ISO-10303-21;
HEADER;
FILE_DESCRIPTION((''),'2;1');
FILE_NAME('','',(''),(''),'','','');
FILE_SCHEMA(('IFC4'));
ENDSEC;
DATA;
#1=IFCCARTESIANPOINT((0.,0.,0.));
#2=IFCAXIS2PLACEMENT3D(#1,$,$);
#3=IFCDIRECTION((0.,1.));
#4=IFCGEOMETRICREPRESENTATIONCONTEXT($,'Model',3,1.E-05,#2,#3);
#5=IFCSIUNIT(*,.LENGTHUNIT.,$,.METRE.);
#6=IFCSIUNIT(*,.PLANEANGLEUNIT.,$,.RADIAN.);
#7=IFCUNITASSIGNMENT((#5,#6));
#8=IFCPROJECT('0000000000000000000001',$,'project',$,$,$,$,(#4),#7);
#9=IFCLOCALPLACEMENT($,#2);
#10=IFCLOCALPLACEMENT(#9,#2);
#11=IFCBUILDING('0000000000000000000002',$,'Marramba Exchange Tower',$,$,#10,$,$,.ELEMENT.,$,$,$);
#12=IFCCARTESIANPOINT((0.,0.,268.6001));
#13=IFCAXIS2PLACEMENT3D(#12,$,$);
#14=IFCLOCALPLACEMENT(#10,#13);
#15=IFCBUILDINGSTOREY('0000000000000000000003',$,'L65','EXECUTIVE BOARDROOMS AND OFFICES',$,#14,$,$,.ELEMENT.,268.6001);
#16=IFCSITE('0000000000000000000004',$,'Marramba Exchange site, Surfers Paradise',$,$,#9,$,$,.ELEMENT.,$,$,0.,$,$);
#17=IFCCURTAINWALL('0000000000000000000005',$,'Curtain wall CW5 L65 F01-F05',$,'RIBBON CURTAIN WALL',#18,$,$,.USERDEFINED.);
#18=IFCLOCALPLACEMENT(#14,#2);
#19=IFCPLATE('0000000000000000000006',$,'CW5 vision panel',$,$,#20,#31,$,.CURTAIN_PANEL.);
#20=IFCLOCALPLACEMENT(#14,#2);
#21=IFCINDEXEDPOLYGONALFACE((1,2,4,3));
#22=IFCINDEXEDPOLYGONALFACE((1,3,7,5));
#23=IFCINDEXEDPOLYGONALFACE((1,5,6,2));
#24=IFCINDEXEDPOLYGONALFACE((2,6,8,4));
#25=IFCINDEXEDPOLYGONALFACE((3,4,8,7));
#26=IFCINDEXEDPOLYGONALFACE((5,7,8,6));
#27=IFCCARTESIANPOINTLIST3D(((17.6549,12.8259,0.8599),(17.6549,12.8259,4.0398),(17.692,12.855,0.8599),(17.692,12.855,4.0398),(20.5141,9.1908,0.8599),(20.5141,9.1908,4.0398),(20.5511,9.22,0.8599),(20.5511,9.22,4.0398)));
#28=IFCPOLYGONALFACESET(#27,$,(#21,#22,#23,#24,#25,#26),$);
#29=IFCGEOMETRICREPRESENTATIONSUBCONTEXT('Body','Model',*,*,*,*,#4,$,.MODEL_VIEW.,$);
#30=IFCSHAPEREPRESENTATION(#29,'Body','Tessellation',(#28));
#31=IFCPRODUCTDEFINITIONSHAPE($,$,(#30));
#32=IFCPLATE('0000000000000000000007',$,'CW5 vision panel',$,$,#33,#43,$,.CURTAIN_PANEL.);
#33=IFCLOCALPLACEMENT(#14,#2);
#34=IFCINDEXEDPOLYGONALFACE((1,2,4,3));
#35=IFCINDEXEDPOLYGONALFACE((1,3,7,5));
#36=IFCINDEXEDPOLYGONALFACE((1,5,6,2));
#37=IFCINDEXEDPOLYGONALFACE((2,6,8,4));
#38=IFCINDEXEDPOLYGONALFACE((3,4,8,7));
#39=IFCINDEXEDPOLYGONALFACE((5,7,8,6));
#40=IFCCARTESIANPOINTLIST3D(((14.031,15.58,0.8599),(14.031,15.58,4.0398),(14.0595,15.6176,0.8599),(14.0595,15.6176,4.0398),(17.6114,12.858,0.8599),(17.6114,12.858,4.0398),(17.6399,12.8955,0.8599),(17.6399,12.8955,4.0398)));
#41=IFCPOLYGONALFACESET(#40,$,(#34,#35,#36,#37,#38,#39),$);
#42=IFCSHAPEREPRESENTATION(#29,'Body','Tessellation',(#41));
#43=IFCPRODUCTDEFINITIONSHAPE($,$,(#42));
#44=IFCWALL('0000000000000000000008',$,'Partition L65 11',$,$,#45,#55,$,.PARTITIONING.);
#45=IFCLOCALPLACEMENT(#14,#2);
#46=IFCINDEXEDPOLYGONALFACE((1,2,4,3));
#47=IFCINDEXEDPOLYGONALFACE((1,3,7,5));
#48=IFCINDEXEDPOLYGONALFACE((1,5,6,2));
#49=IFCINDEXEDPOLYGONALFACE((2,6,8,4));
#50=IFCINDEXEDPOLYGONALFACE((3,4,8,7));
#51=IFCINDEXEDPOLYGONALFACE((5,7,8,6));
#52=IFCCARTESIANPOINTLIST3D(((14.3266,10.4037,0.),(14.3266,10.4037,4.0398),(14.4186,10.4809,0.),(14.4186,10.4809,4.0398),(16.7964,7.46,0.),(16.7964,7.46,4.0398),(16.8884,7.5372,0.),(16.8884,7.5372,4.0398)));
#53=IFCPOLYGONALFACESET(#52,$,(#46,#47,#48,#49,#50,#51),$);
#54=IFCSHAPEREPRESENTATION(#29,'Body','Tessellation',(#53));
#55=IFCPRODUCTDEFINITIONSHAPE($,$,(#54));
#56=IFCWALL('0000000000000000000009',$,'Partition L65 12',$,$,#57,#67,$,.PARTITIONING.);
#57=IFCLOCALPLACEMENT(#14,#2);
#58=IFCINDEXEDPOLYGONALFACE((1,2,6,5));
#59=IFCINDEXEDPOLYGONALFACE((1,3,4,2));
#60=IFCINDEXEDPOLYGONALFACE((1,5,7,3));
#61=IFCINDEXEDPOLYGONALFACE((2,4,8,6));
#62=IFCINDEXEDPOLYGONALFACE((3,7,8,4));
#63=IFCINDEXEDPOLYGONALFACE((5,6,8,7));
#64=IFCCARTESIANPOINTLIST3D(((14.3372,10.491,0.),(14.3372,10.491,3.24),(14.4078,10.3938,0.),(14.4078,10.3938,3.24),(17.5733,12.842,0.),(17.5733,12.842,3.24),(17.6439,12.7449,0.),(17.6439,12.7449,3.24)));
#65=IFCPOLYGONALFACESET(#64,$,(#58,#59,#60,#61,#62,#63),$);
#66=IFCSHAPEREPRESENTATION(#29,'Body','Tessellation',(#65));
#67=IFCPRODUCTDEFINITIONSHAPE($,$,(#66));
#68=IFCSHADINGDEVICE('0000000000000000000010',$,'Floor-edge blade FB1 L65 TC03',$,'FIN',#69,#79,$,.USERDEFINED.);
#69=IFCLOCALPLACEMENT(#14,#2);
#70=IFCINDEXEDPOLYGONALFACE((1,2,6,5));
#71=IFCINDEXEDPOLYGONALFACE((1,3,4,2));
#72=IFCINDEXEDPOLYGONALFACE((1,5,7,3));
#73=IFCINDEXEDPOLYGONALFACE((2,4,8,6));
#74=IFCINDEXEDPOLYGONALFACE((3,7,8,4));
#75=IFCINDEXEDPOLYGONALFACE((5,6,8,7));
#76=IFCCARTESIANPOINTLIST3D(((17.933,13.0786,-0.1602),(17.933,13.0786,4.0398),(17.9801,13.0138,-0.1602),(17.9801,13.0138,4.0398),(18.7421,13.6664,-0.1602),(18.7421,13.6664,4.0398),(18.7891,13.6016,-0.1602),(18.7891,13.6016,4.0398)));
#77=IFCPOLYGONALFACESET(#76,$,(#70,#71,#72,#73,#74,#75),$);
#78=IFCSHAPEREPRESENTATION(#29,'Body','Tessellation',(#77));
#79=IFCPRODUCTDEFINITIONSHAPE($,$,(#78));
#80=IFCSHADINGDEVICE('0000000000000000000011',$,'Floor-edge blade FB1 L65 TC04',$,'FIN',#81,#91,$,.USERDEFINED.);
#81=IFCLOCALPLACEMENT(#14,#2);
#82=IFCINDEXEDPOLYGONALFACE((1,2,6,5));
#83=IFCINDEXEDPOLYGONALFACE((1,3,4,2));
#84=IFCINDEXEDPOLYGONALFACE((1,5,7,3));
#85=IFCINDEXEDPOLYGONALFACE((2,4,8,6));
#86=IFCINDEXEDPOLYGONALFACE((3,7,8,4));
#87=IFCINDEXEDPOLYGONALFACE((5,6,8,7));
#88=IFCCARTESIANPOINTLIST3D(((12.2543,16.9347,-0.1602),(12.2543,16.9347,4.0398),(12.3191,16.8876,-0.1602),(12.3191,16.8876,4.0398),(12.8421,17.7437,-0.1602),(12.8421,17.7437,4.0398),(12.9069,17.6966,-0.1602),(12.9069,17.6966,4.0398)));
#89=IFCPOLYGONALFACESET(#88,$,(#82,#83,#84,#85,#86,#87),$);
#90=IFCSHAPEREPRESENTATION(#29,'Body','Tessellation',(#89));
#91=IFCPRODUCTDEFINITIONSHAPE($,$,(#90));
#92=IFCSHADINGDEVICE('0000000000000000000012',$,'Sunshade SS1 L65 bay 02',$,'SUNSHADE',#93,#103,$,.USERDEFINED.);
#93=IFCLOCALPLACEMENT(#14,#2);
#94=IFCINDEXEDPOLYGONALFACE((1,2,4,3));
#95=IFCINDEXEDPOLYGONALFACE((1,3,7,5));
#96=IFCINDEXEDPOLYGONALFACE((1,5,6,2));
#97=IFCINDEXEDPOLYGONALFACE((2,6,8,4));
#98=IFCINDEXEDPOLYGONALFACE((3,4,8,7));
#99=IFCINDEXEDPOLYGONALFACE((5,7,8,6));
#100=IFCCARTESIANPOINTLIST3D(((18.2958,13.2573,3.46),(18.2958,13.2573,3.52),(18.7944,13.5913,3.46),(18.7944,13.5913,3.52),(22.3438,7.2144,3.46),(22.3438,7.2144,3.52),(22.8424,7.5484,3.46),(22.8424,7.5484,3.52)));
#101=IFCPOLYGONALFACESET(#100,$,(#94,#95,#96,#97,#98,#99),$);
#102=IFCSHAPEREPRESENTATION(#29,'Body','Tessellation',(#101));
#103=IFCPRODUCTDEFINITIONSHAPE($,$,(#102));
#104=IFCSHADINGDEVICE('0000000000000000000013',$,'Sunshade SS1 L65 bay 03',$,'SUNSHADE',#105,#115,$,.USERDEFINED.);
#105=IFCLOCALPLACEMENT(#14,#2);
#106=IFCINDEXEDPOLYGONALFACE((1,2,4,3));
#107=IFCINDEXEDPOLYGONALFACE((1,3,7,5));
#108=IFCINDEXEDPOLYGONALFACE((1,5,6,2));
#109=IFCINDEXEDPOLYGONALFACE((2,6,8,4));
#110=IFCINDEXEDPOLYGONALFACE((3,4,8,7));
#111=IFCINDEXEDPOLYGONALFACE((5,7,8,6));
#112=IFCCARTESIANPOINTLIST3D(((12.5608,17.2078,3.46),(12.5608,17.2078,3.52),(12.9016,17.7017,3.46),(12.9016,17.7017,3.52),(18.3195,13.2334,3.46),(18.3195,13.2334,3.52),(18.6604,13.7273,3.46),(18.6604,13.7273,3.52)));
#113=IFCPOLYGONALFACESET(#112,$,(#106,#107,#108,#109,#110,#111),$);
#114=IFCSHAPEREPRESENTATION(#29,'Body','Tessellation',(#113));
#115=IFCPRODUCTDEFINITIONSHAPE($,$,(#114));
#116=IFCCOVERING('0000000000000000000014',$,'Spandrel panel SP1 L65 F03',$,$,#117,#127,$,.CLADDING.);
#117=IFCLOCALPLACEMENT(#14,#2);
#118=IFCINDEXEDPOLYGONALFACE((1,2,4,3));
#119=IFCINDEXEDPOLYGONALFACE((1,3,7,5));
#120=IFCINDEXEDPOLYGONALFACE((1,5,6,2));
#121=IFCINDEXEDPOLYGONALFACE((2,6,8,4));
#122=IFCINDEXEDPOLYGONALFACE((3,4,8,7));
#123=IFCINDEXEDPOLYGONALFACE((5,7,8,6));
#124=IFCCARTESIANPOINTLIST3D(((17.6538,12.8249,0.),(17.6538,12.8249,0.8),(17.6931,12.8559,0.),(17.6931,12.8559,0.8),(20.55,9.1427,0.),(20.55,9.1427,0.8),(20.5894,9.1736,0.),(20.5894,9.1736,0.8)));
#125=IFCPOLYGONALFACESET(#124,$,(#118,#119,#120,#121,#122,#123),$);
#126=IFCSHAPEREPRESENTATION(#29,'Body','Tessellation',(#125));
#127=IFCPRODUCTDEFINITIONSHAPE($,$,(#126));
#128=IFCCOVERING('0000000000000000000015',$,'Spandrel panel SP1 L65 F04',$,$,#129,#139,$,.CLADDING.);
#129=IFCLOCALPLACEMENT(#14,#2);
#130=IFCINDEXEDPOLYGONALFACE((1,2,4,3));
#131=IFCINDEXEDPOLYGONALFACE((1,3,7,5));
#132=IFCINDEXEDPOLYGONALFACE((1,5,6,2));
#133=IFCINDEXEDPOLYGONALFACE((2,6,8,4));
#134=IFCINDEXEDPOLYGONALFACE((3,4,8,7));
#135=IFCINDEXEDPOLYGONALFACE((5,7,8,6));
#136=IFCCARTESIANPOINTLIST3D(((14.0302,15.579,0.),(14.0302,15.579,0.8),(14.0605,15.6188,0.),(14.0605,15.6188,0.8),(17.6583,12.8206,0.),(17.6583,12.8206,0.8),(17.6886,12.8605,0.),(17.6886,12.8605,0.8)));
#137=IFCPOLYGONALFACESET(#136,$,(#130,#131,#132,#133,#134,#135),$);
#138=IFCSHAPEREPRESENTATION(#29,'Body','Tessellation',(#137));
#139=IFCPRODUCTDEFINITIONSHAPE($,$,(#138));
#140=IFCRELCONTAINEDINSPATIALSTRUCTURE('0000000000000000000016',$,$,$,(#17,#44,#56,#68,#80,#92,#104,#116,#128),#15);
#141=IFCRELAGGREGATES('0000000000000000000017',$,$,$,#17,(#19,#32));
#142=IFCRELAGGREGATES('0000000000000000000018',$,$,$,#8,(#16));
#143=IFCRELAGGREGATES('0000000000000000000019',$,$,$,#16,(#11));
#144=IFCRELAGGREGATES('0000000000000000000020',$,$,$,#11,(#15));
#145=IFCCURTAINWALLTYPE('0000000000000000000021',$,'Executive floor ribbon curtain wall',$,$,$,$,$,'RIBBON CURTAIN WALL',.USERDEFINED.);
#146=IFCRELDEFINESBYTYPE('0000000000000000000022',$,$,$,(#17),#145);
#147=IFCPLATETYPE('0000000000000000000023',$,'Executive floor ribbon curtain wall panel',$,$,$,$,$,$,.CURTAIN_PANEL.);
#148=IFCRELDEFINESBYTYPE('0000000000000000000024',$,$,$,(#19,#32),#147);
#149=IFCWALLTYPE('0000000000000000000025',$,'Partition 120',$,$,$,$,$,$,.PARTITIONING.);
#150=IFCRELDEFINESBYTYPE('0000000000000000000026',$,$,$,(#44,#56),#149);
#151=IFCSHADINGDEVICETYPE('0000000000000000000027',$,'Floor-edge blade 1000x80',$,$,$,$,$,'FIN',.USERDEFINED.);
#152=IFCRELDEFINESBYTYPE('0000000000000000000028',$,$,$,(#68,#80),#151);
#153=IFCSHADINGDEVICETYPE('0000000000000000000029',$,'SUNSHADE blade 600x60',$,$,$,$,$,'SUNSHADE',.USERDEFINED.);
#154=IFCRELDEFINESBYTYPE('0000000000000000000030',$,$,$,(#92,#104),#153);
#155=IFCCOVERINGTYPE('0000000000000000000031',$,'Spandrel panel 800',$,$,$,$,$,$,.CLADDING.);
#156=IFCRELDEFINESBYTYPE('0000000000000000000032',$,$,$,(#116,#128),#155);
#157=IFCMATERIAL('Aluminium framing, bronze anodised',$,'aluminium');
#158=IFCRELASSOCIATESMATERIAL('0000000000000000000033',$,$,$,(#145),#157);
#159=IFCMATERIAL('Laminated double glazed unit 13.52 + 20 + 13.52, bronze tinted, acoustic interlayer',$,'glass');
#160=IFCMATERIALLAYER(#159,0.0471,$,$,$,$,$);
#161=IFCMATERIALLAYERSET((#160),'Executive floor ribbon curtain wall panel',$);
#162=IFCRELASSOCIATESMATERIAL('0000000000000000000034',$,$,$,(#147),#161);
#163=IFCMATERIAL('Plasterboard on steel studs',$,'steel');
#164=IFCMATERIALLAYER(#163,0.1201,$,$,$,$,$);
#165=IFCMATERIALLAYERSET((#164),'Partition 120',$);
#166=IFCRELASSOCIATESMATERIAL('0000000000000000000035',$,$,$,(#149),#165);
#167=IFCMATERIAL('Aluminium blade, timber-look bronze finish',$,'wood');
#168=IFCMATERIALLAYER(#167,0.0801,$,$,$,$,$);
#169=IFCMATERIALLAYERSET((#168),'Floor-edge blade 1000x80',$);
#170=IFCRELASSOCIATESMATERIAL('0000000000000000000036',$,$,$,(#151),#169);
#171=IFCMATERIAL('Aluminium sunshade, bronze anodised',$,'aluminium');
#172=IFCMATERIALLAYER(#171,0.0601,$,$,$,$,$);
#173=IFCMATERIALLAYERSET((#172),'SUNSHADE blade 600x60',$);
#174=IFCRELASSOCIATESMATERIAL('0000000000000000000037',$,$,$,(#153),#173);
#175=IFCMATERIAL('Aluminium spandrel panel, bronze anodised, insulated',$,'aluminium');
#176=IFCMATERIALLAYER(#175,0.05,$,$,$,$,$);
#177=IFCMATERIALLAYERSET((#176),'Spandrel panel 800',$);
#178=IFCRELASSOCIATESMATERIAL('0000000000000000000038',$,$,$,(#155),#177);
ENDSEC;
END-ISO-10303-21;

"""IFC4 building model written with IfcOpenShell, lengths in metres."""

from ifc_helpers import new_model, si_unit, direction, frame, frame_2d, origin, origin_2d, place, context, subcontext, project, spatial, rectangle, extrude, material, layer, layer_set, type_object, element, aggregate, save


model = new_model("IFC4")

# Units and contexts
model_context = context("Model", 3, precision=1e-05, world=origin(), true_north=direction((0.0, 1.0)))
body_context = subcontext(model_context, "Body", "Model", "MODEL_VIEW")
ifc_project = project(units=[si_unit("LENGTHUNIT", "METRE"), si_unit("PLANEANGLEUNIT", "RADIAN")], contexts=[model_context])

# Site, building, storey
site_placement = place(None, origin())
site = spatial("IfcSite", under=ifc_project, at=site_placement, Name="Marramba Exchange site, Surfers Paradise", CompositionType="ELEMENT", RefElevation=0.0)
building_placement = place(site_placement, origin())
building = spatial("IfcBuilding", under=site, at=building_placement, Name="Marramba Exchange Tower", CompositionType="ELEMENT")
storey_placement = place(building_placement, frame((0.0, 0.0, 268.6001)))
storey = spatial("IfcBuildingStorey", under=building, at=storey_placement, Name="L65", Description="EXECUTIVE BOARDROOMS AND OFFICES", CompositionType="ELEMENT", Elevation=268.6001)

# Curtain wall
ifc_material_1 = material(Name="Aluminium framing, bronze anodised", Category="aluminium")
curtain_wall_type = type_object("IfcCurtainWallType", Name="Executive floor ribbon curtain wall", ElementType="RIBBON CURTAIN WALL", PredefinedType="USERDEFINED", material=ifc_material_1)
curtain_wall_placement = place(storey_placement, origin())
curtain_wall = element("IfcCurtainWall", 1, at=curtain_wall_placement, inside=storey, type_object=curtain_wall_type, Name="Curtain wall CW5 L65 F01-F05", ObjectType="RIBBON CURTAIN WALL", PredefinedType="USERDEFINED")

# Plates
ifc_material_2 = material(Name="Laminated double glazed unit 13.52 + 20 + 13.52, bronze tinted, acoustic interlayer", Category="glass")
ifc_layer_1 = layer(ifc_material_2, 0.0471)
ifc_layer_set_1 = layer_set([ifc_layer_1], Name="Executive floor ribbon curtain wall panel")
plate_type = type_object("IfcPlateType", Name="Executive floor ribbon curtain wall panel", PredefinedType="CURTAIN_PANEL", material=ifc_layer_set_1)
plate_1_placement = place(storey_placement, frame((19.103, 11.0229, 0.8599), z_axis=(0.0, 0.0, 1.0), x_axis=(-0.618223, 0.786003, 0.0)))
plate_1 = element("IfcPlate", 2, at=plate_1_placement, type_object=plate_type, Name="CW5 vision panel", PredefinedType="CURTAIN_PANEL", context=body_context, shape_type="SweptSolid", body=[
    extrude(rectangle(XDim=4.6248, YDim=0.0471, at=origin_2d()), origin(), (0.0, 0.0, 1.0), 3.1799),
])
plate_2_placement = place(storey_placement, frame((15.8354, 14.2378, 0.8599), z_axis=(0.0, 0.0, 1.0), x_axis=(-0.796059, 0.605219, 0.0)))
plate_2 = element("IfcPlate", 3, at=plate_2_placement, type_object=plate_type, Name="CW5 vision panel", PredefinedType="CURTAIN_PANEL", context=body_context, shape_type="SweptSolid", body=[
    extrude(rectangle(XDim=4.4976, YDim=0.0471, at=origin_2d()), origin(), (0.0, 0.0, 1.0), 3.1799),
])
aggregate(curtain_wall, [plate_1, plate_2])

# Walls
ifc_material_3 = material(Name="Plasterboard on steel studs", Category="steel")
ifc_layer_2 = layer(ifc_material_3, 0.1201)
ifc_layer_set_2 = layer_set([ifc_layer_2], Name="Partition 120")
wall_type_1 = type_object("IfcWallType", Name="Partition 120", PredefinedType="PARTITIONING", material=ifc_layer_set_2)
wall_1_placement = place(storey_placement, frame((14.3726, 10.4424, 0.0), z_axis=(0.0, 0.0, 1.0), x_axis=(0.642749, -0.766076, 0.0)))
element("IfcWall", 4, at=wall_1_placement, inside=storey, type_object=wall_type_1, Name="Partition L65 11", PredefinedType="PARTITIONING", context=body_context, shape_type="SweptSolid", body=[
    extrude(rectangle(XDim=3.8425, YDim=0.1201, at=frame_2d((1.9214, 0.0))), origin(), (0.0, 0.0, 1.0), 4.0398),
])
wall_2_placement = place(storey_placement, frame((17.6086, 12.7935, 0.0), z_axis=(0.0, 0.0, 1.0), x_axis=(-0.809026, -0.587772, 0.0)))
element("IfcWall", 5, at=wall_2_placement, inside=storey, type_object=wall_type_1, Name="Partition L65 12", PredefinedType="PARTITIONING", context=body_context, shape_type="SweptSolid", body=[
    extrude(rectangle(XDim=4.0, YDim=0.1201, at=frame_2d((2.0, 0.0))), origin(), (0.0, 0.0, 1.0), 3.24),
])

# Shading devices
ifc_material_4 = material(Name="Aluminium blade, timber-look bronze finish", Category="wood")
ifc_layer_3 = layer(ifc_material_4, 0.0801)
ifc_layer_set_3 = layer_set([ifc_layer_3], Name="Floor-edge blade 1000x80")
shading_device_type_1 = type_object("IfcShadingDeviceType", Name="Floor-edge blade 1000x80", ElementType="FIN", PredefinedType="USERDEFINED", material=ifc_layer_set_3)
for number, where, z_axis, x_axis, name in (
    (6, (18.3611, 13.3401, -0.1602), (0.0, 0.0, 1.0), (0.809017, 0.587785, 0.0), "Floor-edge blade FB1 L65 TC03"),
    (7, (12.5806, 17.3157, -0.1602), (0.0, 0.0, 1.0), (0.587785, 0.809017, 0.0), "Floor-edge blade FB1 L65 TC04"),
):
    element("IfcShadingDevice", number, at=place(storey_placement, frame(where, z_axis=z_axis, x_axis=x_axis)), inside=storey, type_object=shading_device_type_1, Name=name, ObjectType="FIN", PredefinedType="USERDEFINED", context=body_context, shape_type="SweptSolid", body=[
        extrude(rectangle(XDim=1.0, YDim=0.0801, at=origin_2d()), origin(), (0.0, 0.0, 1.0), 4.2),
    ])
ifc_material_5 = material(Name="Aluminium sunshade, bronze anodised", Category="aluminium")
ifc_layer_4 = layer(ifc_material_5, 0.0601)
ifc_layer_set_4 = layer_set([ifc_layer_4], Name="SUNSHADE blade 600x60")
shading_device_type_2 = type_object("IfcShadingDeviceType", Name="SUNSHADE blade 600x60", ElementType="SUNSHADE", PredefinedType="USERDEFINED", material=ifc_layer_set_4)
shading_device_1_placement = place(storey_placement, frame((20.5691, 10.4028, 3.46), z_axis=(0.0, 0.0, 1.0), x_axis=(-0.55654, 0.830821, 0.0)))
element("IfcShadingDevice", 8, at=shading_device_1_placement, inside=storey, type_object=shading_device_type_2, Name="Sunshade SS1 L65 bay 02", ObjectType="SUNSHADE", PredefinedType="USERDEFINED", context=body_context, shape_type="SweptSolid", body=[
    extrude(rectangle(XDim=7.2734, YDim=0.6001, at=origin_2d()), origin(), (0.0, 0.0, 1.0), 0.0601),
])
shading_device_2_placement = place(storey_placement, frame((15.6106, 15.4675, 3.46), z_axis=(0.0, 0.0, 1.0), x_axis=(-0.823024, 0.568006, 0.0)))
element("IfcShadingDevice", 9, at=shading_device_2_placement, inside=storey, type_object=shading_device_type_2, Name="Sunshade SS1 L65 bay 03", ObjectType="SUNSHADE", PredefinedType="USERDEFINED", context=body_context, shape_type="SweptSolid", body=[
    extrude(rectangle(XDim=6.9971, YDim=0.6001, at=origin_2d()), origin(), (0.0, 0.0, 1.0), 0.0601),
])

# Coverings
ifc_material_6 = material(Name="Aluminium spandrel panel, bronze anodised, insulated", Category="aluminium")
ifc_layer_5 = layer(ifc_material_6, 0.05)
ifc_layer_set_5 = layer_set([ifc_layer_5], Name="Spandrel panel 800")
covering_type = type_object("IfcCoveringType", Name="Spandrel panel 800", PredefinedType="CLADDING", material=ifc_layer_set_5)
covering_1_placement = place(storey_placement, frame((19.1216, 10.9993, 0.0), z_axis=(0.0, 0.0, 1.0), x_axis=(-0.618223, 0.786003, 0.0)))
element("IfcCovering", 10, at=covering_1_placement, inside=storey, type_object=covering_type, Name="Spandrel panel SP1 L65 F03", PredefinedType="CLADDING", context=body_context, shape_type="SweptSolid", body=[
    extrude(rectangle(XDim=4.6848, YDim=0.05, at=origin_2d()), origin(), (0.0, 0.0, 1.0), 0.8),
])
covering_2_placement = place(storey_placement, frame((15.8594, 14.2197, 0.0), z_axis=(0.0, 0.0, 1.0), x_axis=(-0.796059, 0.605219, 0.0)))
element("IfcCovering", 11, at=covering_2_placement, inside=storey, type_object=covering_type, Name="Spandrel panel SP1 L65 F04", PredefinedType="CLADDING", context=body_context, shape_type="SweptSolid", body=[
    extrude(rectangle(XDim=4.5576, YDim=0.05, at=origin_2d()), origin(), (0.0, 0.0, 1.0), 0.8),
])

save(model, "model.ifc")
